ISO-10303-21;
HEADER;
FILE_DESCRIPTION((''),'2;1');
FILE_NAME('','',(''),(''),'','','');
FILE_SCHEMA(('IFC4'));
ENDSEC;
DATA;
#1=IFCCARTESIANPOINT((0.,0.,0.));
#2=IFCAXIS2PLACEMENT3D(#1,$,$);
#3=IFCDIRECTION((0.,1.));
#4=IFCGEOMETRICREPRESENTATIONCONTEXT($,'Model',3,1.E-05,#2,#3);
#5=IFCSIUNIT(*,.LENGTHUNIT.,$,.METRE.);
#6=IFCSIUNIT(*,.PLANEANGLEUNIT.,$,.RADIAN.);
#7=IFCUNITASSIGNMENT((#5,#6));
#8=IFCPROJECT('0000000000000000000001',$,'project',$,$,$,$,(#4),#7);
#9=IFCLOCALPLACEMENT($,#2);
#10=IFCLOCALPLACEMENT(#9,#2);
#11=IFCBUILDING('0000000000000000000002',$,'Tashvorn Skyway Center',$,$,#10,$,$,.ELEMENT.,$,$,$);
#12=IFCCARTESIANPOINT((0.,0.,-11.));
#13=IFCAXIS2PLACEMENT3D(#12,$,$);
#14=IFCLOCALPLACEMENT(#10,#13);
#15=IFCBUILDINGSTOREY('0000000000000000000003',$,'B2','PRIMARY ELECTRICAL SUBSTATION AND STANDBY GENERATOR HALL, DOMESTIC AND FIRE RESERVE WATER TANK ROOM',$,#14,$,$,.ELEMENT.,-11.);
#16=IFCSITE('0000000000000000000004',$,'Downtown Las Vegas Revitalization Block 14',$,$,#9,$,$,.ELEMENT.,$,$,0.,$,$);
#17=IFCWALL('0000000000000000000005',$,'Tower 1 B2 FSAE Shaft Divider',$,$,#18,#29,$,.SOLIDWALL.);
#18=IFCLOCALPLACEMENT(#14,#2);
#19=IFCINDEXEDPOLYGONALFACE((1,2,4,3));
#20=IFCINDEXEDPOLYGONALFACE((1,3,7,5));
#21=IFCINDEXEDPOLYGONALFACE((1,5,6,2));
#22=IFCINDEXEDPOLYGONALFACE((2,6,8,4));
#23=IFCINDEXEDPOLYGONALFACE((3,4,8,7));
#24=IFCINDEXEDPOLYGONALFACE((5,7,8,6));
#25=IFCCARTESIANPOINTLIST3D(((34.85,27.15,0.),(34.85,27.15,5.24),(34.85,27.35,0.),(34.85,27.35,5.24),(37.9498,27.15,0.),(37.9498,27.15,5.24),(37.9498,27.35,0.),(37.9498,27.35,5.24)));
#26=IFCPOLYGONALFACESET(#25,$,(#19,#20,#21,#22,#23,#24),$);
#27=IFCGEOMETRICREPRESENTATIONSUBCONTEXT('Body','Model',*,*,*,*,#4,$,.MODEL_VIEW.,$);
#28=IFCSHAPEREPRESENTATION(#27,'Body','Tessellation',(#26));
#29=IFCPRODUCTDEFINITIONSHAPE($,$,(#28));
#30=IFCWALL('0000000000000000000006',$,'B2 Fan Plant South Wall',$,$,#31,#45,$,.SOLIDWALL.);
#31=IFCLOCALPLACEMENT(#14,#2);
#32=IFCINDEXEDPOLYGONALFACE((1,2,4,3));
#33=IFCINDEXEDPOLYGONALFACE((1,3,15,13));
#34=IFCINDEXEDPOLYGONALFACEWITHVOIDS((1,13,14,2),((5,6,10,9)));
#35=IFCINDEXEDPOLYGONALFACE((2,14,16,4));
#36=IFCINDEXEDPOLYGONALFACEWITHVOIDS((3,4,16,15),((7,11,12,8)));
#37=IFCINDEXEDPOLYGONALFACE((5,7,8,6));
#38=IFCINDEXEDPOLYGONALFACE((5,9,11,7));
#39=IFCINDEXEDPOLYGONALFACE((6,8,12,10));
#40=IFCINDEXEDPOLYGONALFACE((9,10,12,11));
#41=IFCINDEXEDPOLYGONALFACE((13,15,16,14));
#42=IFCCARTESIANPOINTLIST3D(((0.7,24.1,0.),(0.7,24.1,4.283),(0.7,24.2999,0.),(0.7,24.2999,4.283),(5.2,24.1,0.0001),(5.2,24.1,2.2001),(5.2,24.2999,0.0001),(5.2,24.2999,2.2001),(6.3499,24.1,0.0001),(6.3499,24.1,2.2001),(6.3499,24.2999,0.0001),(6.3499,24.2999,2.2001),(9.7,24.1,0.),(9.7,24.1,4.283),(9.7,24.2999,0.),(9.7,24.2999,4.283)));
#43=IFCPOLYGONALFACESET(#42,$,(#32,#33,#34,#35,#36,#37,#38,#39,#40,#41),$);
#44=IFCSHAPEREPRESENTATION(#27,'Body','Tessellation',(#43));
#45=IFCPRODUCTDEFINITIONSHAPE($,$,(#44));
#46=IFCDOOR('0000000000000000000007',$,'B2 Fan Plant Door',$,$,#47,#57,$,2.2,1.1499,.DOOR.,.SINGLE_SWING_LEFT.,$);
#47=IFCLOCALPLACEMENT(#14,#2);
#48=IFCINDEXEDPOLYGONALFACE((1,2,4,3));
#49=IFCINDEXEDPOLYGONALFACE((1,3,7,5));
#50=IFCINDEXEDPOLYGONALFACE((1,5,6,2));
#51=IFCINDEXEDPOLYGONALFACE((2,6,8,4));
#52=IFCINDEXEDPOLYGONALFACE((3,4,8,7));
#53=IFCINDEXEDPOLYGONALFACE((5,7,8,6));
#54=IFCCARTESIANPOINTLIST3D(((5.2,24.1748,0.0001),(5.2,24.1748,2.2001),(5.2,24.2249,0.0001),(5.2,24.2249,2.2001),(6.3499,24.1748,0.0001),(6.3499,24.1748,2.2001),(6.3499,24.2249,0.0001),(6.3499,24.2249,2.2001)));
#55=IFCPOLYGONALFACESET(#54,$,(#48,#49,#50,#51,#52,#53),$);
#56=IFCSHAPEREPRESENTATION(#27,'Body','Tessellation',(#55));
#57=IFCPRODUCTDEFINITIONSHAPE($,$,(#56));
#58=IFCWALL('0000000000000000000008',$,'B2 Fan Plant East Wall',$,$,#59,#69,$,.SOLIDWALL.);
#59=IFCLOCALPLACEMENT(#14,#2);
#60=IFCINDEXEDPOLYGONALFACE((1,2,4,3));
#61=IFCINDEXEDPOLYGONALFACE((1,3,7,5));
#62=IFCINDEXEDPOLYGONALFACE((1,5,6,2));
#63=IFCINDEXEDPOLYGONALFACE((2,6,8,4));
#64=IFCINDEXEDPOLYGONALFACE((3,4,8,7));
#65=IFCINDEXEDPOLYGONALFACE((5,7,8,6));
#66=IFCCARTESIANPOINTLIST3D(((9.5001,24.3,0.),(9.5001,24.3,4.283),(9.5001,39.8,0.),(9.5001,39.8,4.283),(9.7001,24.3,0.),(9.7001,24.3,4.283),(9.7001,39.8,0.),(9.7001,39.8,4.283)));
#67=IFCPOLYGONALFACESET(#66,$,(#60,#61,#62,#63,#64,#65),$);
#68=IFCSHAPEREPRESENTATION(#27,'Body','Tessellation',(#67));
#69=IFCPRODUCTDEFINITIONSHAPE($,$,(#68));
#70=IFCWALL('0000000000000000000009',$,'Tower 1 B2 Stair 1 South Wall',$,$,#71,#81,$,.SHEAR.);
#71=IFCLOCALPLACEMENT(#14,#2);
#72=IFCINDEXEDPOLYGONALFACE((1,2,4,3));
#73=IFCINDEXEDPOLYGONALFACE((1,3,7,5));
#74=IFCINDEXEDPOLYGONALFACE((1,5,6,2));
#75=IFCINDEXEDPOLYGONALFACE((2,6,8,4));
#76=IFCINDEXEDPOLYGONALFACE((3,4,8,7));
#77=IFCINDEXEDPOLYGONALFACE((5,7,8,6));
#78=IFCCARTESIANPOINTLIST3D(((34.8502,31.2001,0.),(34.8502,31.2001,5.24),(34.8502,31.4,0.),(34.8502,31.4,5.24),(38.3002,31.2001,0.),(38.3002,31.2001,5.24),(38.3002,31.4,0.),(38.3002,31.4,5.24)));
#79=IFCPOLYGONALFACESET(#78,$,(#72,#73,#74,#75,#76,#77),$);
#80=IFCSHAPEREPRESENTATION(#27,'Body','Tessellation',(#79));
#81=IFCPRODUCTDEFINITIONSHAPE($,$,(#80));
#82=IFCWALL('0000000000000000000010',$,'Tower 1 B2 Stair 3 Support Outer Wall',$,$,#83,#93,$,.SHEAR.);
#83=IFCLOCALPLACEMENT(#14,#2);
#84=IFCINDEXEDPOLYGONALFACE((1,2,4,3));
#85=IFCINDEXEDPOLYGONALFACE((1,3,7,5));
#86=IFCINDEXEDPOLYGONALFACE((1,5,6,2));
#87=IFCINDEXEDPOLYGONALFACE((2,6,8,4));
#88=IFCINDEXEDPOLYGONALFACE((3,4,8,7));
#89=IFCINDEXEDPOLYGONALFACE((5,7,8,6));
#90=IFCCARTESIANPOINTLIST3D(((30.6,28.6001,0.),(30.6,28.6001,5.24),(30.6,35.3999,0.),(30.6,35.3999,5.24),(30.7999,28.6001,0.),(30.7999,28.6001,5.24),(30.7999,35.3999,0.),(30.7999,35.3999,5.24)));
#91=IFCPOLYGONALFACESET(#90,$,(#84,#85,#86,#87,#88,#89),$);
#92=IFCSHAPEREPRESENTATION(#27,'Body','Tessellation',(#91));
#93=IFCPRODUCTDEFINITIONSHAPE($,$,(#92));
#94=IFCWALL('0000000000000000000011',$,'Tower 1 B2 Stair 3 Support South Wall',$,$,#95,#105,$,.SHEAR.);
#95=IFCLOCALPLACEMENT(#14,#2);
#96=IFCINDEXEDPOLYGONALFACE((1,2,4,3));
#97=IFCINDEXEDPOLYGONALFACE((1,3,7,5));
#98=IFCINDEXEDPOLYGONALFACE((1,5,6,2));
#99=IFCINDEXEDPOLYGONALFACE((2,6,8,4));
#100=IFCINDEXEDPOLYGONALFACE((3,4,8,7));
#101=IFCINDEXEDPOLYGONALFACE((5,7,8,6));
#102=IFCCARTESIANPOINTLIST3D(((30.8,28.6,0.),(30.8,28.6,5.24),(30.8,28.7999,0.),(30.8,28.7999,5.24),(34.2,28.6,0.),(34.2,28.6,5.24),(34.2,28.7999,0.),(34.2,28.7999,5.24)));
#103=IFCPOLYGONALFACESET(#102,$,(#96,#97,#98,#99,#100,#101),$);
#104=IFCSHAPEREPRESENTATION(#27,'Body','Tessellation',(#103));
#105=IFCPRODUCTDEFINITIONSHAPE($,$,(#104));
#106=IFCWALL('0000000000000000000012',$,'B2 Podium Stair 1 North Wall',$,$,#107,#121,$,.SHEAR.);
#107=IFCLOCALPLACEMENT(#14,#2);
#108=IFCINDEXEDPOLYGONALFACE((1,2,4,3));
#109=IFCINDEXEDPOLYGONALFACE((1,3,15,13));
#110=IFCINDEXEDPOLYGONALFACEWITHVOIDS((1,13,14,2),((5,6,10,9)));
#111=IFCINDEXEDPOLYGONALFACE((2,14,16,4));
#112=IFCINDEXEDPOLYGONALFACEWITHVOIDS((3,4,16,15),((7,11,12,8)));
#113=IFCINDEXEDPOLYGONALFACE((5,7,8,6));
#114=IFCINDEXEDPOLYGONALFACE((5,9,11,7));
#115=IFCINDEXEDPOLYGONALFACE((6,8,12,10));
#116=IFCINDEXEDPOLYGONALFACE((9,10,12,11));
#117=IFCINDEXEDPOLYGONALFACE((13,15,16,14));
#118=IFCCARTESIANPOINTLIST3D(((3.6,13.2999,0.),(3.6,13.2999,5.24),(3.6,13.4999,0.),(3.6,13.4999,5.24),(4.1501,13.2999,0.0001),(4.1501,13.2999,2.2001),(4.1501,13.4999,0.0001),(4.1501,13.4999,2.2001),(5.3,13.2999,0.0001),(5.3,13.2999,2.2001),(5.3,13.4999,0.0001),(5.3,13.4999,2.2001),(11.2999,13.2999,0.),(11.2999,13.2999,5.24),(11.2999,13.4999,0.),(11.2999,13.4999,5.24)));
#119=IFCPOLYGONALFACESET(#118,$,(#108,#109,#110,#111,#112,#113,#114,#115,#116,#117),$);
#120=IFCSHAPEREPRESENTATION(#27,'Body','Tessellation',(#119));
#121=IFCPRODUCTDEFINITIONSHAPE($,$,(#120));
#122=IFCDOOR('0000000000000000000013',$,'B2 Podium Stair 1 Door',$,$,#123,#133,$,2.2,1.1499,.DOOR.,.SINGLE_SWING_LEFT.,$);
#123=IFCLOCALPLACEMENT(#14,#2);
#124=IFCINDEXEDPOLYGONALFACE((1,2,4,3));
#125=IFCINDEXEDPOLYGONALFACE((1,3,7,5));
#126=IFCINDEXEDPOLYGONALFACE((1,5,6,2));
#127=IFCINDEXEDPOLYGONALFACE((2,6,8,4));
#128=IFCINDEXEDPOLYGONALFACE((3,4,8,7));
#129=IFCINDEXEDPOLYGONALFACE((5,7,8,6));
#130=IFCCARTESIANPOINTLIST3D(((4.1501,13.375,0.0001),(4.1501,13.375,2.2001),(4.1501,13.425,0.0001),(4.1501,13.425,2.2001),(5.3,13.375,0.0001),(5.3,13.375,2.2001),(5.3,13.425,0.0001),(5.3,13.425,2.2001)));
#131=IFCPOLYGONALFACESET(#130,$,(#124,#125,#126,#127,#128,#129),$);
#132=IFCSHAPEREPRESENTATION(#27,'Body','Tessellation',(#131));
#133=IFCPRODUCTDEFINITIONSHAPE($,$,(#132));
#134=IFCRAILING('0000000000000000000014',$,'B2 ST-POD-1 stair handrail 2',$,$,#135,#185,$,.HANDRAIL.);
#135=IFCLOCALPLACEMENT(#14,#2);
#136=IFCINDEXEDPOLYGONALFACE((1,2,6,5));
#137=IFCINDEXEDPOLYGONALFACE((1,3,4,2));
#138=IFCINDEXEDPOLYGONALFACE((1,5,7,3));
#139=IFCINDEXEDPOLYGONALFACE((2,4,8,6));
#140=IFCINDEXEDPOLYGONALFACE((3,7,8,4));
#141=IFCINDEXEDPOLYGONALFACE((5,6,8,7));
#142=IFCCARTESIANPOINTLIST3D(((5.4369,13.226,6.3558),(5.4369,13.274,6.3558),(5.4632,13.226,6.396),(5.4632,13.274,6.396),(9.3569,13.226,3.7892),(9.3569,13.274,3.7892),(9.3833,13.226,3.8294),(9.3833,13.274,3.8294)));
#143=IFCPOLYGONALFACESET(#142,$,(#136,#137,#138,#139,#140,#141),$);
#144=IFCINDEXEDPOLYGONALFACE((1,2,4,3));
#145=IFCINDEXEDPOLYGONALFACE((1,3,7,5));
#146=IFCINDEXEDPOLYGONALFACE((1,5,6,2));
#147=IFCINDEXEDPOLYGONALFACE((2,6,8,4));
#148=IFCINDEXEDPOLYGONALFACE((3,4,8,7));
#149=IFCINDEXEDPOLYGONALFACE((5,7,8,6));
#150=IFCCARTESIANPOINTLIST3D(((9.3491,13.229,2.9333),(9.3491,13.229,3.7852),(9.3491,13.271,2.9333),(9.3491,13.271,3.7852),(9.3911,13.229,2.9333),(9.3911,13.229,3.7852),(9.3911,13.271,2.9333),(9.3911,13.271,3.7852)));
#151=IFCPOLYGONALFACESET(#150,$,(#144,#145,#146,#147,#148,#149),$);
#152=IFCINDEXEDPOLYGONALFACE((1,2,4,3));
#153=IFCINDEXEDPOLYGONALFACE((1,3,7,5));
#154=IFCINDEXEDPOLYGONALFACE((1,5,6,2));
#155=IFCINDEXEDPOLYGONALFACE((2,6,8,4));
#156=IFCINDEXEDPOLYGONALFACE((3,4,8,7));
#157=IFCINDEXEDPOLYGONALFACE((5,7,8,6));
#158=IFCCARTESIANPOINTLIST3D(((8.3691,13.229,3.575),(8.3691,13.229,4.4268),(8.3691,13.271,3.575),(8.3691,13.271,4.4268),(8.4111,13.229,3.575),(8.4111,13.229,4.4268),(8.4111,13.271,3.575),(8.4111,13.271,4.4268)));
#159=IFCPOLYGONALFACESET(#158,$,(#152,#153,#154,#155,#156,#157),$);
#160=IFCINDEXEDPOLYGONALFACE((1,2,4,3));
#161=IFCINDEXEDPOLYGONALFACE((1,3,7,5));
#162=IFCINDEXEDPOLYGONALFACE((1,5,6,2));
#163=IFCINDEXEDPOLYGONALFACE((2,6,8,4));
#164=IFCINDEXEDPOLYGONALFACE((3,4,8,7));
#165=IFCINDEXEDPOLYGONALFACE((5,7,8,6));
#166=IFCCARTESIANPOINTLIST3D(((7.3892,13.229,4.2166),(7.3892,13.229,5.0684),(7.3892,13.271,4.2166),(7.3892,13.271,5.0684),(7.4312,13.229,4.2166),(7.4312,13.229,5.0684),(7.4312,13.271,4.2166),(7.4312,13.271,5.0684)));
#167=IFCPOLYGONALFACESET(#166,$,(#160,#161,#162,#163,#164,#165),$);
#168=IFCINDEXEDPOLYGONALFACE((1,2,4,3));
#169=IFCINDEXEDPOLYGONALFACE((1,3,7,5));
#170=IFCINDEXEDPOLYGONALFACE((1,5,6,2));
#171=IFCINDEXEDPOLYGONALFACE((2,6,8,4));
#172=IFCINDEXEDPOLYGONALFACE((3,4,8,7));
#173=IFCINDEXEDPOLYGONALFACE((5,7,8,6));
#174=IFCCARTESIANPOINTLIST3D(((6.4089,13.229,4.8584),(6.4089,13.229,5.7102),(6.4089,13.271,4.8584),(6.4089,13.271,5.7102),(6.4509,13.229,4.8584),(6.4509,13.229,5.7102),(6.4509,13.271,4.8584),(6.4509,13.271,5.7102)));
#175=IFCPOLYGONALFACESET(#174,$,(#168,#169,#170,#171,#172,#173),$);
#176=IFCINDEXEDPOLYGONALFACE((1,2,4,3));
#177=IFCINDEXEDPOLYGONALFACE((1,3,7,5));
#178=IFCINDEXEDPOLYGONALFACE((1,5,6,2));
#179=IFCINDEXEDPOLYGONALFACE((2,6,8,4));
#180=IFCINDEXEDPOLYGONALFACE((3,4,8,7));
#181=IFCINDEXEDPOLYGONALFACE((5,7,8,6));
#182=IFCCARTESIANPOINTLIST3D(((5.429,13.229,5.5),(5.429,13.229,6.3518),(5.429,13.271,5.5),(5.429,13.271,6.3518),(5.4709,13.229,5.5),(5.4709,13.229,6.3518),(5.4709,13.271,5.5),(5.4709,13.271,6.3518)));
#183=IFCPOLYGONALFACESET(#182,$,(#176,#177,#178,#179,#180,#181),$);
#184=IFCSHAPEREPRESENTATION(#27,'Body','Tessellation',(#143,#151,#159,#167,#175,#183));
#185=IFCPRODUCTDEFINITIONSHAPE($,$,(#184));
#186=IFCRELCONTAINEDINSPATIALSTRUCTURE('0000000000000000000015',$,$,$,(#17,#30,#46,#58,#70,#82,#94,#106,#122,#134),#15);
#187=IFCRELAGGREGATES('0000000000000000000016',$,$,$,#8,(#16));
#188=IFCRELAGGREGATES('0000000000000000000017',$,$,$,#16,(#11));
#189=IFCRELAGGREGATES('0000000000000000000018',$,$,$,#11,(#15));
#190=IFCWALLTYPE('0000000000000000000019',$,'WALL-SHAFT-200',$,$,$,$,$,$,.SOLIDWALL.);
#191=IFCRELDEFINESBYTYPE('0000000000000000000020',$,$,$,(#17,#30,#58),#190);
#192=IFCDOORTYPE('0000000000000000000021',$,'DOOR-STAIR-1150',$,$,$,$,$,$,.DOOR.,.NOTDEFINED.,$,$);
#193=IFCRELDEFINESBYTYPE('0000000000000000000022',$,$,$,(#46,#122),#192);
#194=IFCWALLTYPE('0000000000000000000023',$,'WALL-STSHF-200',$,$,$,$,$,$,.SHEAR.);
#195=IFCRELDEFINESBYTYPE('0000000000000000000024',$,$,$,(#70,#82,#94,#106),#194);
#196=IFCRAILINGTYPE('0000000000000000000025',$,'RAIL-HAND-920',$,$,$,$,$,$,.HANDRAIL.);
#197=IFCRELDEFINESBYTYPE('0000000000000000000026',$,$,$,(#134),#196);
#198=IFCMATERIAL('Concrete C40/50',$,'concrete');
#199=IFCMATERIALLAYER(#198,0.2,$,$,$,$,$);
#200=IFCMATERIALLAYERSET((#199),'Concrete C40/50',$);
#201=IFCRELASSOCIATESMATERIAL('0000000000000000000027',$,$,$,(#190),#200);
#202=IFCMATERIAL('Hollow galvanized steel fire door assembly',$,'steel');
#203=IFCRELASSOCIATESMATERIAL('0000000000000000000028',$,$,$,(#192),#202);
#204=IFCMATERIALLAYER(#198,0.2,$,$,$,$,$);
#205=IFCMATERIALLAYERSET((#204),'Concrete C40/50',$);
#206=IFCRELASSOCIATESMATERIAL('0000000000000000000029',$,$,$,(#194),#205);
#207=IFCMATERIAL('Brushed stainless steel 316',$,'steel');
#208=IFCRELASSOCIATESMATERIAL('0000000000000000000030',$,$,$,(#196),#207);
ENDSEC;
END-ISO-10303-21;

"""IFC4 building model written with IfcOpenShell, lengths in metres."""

from ifc_helpers import new_model, si_unit, direction, frame, frame_2d, origin, origin_2d, place, context, subcontext, project, spatial, rectangle, extrude, material, layer, layer_set, type_object, element, fill, save


model = new_model("IFC4")

# Units and contexts
model_context = context("Model", 3, precision=1e-05, world=origin(), true_north=direction((0.0, 1.0)))
body_context = subcontext(model_context, "Body", "Model", "MODEL_VIEW")
ifc_project = project(units=[si_unit("LENGTHUNIT", "METRE"), si_unit("PLANEANGLEUNIT", "RADIAN")], contexts=[model_context])

# Site, building, storey
site_placement = place(None, origin())
site = spatial("IfcSite", under=ifc_project, at=site_placement, Name="Downtown Las Vegas Revitalization Block 14", CompositionType="ELEMENT", RefElevation=0.0)
building_placement = place(site_placement, origin())
building = spatial("IfcBuilding", under=site, at=building_placement, Name="Tashvorn Skyway Center", CompositionType="ELEMENT")
storey_placement = place(building_placement, frame((0.0, 0.0, -11.0)))
storey = spatial("IfcBuildingStorey", under=building, at=storey_placement, Name="B2", Description="PRIMARY ELECTRICAL SUBSTATION AND STANDBY GENERATOR HALL, DOMESTIC AND FIRE RESERVE WATER TANK ROOM", CompositionType="ELEMENT", Elevation=-11.0)

# Wall
ifc_material_1 = material(Name="Concrete C40/50", Category="concrete")
ifc_layer_1 = layer(ifc_material_1, 0.2)
ifc_layer_set_1 = layer_set([ifc_layer_1], Name="Concrete C40/50")
wall_type_1 = type_object("IfcWallType", Name="WALL-SHAFT-200", PredefinedType="SOLIDWALL", material=ifc_layer_set_1)
wall_1_placement = place(storey_placement, frame((34.8501, 27.25, 0.0), z_axis=(0.0, 0.0, 1.0), x_axis=(1.0, 0.0, 0.0)))
element("IfcWall", 1, at=wall_1_placement, inside=storey, type_object=wall_type_1, Name="Tower 1 B2 FSAE Shaft Divider", PredefinedType="SOLIDWALL", context=body_context, shape_type="SweptSolid", body=[
    extrude(rectangle(XDim=3.0999, YDim=0.2, at=frame_2d((1.5498, 0.0))), origin(), (0.0, 0.0, 1.0), 5.24),
])

# Wall, opening, door
wall_2_placement = place(storey_placement, frame((0.7, 24.2, 0.0), z_axis=(0.0, 0.0, 1.0), x_axis=(1.0, 0.0, 0.0)))
wall_2 = element("IfcWall", 2, at=wall_2_placement, inside=storey, type_object=wall_type_1, Name="B2 Fan Plant South Wall", PredefinedType="SOLIDWALL", context=body_context, shape_type="SweptSolid", body=[
    extrude(rectangle(XDim=9.0, YDim=0.2, at=frame_2d((4.5, 0.0))), origin(), (0.0, 0.0, 1.0), 4.283),
])
opening_1_placement = place(wall_2_placement, frame((4.5, 0.0, 0.0)))
opening_1 = element("IfcOpeningElement", 3, at=opening_1_placement, cuts=wall_2, PredefinedType="OPENING", context=body_context, shape_type="SweptSolid", body=[
    extrude(rectangle(XDim=1.1499, YDim=2.2, at=frame_2d((0.575, 1.1001))), frame((0.0, 0.1099, 0.0), z_axis=(0.0, -1.0, 0.0), x_axis=(1.0, 0.0, 0.0)), (0.0, 0.0, 1.0), 0.22),
])
ifc_material_2 = material(Name="Hollow galvanized steel fire door assembly", Category="steel")
door_type = type_object("IfcDoorType", Name="DOOR-STAIR-1150", OperationType="NOTDEFINED", PredefinedType="DOOR", material=ifc_material_2)
door_1_placement = place(opening_1_placement, origin())
door_1 = element("IfcDoor", 4, at=door_1_placement, inside=storey, type_object=door_type, Name="B2 Fan Plant Door", OperationType="SINGLE_SWING_LEFT", OverallHeight=2.2, OverallWidth=1.1499, PredefinedType="DOOR", context=body_context, shape_type="SweptSolid", body=[
    extrude(rectangle(XDim=1.1499, YDim=2.2, at=frame_2d((0.575, 1.1001))), frame((0.0, 0.0249, 0.0), z_axis=(0.0, -1.0, 0.0), x_axis=(1.0, 0.0, 0.0)), (0.0, 0.0, 1.0), 0.05),
])
fill(opening_1, door_1)

# Walls
wall_3_placement = place(storey_placement, frame((9.6001, 24.3, 0.0), z_axis=(0.0, 0.0, 1.0), x_axis=(0.0, 1.0, 0.0)))
element("IfcWall", 5, at=wall_3_placement, inside=storey, type_object=wall_type_1, Name="B2 Fan Plant East Wall", PredefinedType="SOLIDWALL", context=body_context, shape_type="SweptSolid", body=[
    extrude(rectangle(XDim=15.5, YDim=0.2, at=frame_2d((7.75, 0.0))), origin(), (0.0, 0.0, 1.0), 4.283),
])
ifc_layer_2 = layer(ifc_material_1, 0.2)
ifc_layer_set_2 = layer_set([ifc_layer_2], Name="Concrete C40/50")
wall_type_2 = type_object("IfcWallType", Name="WALL-STSHF-200", PredefinedType="SHEAR", material=ifc_layer_set_2)
wall_4_placement = place(storey_placement, frame((34.8501, 31.3, 0.0), z_axis=(0.0, 0.0, 1.0), x_axis=(1.0, 0.0, 0.0)))
element("IfcWall", 6, at=wall_4_placement, inside=storey, type_object=wall_type_2, Name="Tower 1 B2 Stair 1 South Wall", PredefinedType="SHEAR", context=body_context, shape_type="SweptSolid", body=[
    extrude(rectangle(XDim=3.45, YDim=0.2, at=frame_2d((1.7251, 0.0))), origin(), (0.0, 0.0, 1.0), 5.24),
])
wall_5_placement = place(storey_placement, frame((30.7, 28.6001, 0.0), z_axis=(0.0, 0.0, 1.0), x_axis=(0.0, 1.0, 0.0)))
element("IfcWall", 7, at=wall_5_placement, inside=storey, type_object=wall_type_2, Name="Tower 1 B2 Stair 3 Support Outer Wall", PredefinedType="SHEAR", context=body_context, shape_type="SweptSolid", body=[
    extrude(rectangle(XDim=6.7998, YDim=0.2, at=frame_2d((3.3999, 0.0))), origin(), (0.0, 0.0, 1.0), 5.24),
])
wall_6_placement = place(storey_placement, frame((30.8, 28.7, 0.0), z_axis=(0.0, 0.0, 1.0), x_axis=(1.0, 0.0, 0.0)))
element("IfcWall", 8, at=wall_6_placement, inside=storey, type_object=wall_type_2, Name="Tower 1 B2 Stair 3 Support South Wall", PredefinedType="SHEAR", context=body_context, shape_type="SweptSolid", body=[
    extrude(rectangle(XDim=3.3999, YDim=0.2, at=frame_2d((1.7, 0.0))), origin(), (0.0, 0.0, 1.0), 5.24),
])

# Wall, opening, door
wall_7_placement = place(storey_placement, frame((11.3, 13.3999, 0.0), z_axis=(0.0, 0.0, 1.0), x_axis=(-1.0, 0.0, 0.0)))
wall_7 = element("IfcWall", 9, at=wall_7_placement, inside=storey, type_object=wall_type_2, Name="B2 Podium Stair 1 North Wall", PredefinedType="SHEAR", context=body_context, shape_type="SweptSolid", body=[
    extrude(rectangle(XDim=7.7, YDim=0.2, at=frame_2d((3.8501, 0.0))), origin(), (0.0, 0.0, 1.0), 5.24),
])
opening_2_placement = place(wall_7_placement, frame((6.0, 0.0, 0.0)))
opening_2 = element("IfcOpeningElement", 10, at=opening_2_placement, cuts=wall_7, PredefinedType="OPENING", context=body_context, shape_type="SweptSolid", body=[
    extrude(rectangle(XDim=1.1499, YDim=2.2, at=frame_2d((0.575, 1.1001))), frame((0.0, 0.1099, 0.0), z_axis=(0.0, -1.0, 0.0), x_axis=(1.0, 0.0, 0.0)), (0.0, 0.0, 1.0), 0.22),
])
door_2_placement = place(opening_2_placement, origin())
door_2 = element("IfcDoor", 11, at=door_2_placement, inside=storey, type_object=door_type, Name="B2 Podium Stair 1 Door", OperationType="SINGLE_SWING_LEFT", OverallHeight=2.2, OverallWidth=1.1499, PredefinedType="DOOR", context=body_context, shape_type="SweptSolid", body=[
    extrude(rectangle(XDim=1.1499, YDim=2.2, at=frame_2d((0.575, 1.1001))), frame((0.0, 0.0249, 0.0), z_axis=(0.0, -1.0, 0.0), x_axis=(1.0, 0.0, 0.0)), (0.0, 0.0, 1.0), 0.05),
])
fill(opening_2, door_2)

# Railing
ifc_material_3 = material(Name="Brushed stainless steel 316", Category="steel")
railing_type_1 = type_object("IfcRailingType", Name="RAIL-HAND-920", PredefinedType="HANDRAIL", material=ifc_material_3)
railing_1_placement = place(storey_placement, frame((9.3701, 13.25, 2.9333)))
element("IfcRailing", 12, at=railing_1_placement, inside=storey, type_object=railing_type_1, Name="B2 ST-POD-1 stair handrail 2", PredefinedType="HANDRAIL", context=body_context, shape_type="SweptSolid", body=[
    extrude(rectangle(XDim=0.0481, YDim=0.0481, at=origin_2d()), frame((0.0, 0.0, 0.876), z_axis=(-0.836631, 0.0, 0.547767), x_axis=(0.0, -1.0, 0.0)), (0.0, 0.0, 1.0), 4.6855),
    extrude(rectangle(XDim=0.042, YDim=0.042, at=origin_2d()), origin(), (0.0, 0.0, 1.0), 0.8518),
    extrude(rectangle(XDim=0.042, YDim=0.042, at=origin_2d()), frame((-0.98, 0.0, 0.6416)), (0.0, 0.0, 1.0), 0.8518),
    extrude(rectangle(XDim=0.042, YDim=0.042, at=origin_2d()), frame((-1.96, 0.0, 1.2832)), (0.0, 0.0, 1.0), 0.8518),
    extrude(rectangle(XDim=0.042, YDim=0.042, at=origin_2d()), frame((-2.9402, 0.0, 1.925)), (0.0, 0.0, 1.0), 0.8518),
    extrude(rectangle(XDim=0.042, YDim=0.042, at=origin_2d()), frame((-3.9202, 0.0, 2.5667)), (0.0, 0.0, 1.0), 0.8518),
])

save(model, "model.ifc")
